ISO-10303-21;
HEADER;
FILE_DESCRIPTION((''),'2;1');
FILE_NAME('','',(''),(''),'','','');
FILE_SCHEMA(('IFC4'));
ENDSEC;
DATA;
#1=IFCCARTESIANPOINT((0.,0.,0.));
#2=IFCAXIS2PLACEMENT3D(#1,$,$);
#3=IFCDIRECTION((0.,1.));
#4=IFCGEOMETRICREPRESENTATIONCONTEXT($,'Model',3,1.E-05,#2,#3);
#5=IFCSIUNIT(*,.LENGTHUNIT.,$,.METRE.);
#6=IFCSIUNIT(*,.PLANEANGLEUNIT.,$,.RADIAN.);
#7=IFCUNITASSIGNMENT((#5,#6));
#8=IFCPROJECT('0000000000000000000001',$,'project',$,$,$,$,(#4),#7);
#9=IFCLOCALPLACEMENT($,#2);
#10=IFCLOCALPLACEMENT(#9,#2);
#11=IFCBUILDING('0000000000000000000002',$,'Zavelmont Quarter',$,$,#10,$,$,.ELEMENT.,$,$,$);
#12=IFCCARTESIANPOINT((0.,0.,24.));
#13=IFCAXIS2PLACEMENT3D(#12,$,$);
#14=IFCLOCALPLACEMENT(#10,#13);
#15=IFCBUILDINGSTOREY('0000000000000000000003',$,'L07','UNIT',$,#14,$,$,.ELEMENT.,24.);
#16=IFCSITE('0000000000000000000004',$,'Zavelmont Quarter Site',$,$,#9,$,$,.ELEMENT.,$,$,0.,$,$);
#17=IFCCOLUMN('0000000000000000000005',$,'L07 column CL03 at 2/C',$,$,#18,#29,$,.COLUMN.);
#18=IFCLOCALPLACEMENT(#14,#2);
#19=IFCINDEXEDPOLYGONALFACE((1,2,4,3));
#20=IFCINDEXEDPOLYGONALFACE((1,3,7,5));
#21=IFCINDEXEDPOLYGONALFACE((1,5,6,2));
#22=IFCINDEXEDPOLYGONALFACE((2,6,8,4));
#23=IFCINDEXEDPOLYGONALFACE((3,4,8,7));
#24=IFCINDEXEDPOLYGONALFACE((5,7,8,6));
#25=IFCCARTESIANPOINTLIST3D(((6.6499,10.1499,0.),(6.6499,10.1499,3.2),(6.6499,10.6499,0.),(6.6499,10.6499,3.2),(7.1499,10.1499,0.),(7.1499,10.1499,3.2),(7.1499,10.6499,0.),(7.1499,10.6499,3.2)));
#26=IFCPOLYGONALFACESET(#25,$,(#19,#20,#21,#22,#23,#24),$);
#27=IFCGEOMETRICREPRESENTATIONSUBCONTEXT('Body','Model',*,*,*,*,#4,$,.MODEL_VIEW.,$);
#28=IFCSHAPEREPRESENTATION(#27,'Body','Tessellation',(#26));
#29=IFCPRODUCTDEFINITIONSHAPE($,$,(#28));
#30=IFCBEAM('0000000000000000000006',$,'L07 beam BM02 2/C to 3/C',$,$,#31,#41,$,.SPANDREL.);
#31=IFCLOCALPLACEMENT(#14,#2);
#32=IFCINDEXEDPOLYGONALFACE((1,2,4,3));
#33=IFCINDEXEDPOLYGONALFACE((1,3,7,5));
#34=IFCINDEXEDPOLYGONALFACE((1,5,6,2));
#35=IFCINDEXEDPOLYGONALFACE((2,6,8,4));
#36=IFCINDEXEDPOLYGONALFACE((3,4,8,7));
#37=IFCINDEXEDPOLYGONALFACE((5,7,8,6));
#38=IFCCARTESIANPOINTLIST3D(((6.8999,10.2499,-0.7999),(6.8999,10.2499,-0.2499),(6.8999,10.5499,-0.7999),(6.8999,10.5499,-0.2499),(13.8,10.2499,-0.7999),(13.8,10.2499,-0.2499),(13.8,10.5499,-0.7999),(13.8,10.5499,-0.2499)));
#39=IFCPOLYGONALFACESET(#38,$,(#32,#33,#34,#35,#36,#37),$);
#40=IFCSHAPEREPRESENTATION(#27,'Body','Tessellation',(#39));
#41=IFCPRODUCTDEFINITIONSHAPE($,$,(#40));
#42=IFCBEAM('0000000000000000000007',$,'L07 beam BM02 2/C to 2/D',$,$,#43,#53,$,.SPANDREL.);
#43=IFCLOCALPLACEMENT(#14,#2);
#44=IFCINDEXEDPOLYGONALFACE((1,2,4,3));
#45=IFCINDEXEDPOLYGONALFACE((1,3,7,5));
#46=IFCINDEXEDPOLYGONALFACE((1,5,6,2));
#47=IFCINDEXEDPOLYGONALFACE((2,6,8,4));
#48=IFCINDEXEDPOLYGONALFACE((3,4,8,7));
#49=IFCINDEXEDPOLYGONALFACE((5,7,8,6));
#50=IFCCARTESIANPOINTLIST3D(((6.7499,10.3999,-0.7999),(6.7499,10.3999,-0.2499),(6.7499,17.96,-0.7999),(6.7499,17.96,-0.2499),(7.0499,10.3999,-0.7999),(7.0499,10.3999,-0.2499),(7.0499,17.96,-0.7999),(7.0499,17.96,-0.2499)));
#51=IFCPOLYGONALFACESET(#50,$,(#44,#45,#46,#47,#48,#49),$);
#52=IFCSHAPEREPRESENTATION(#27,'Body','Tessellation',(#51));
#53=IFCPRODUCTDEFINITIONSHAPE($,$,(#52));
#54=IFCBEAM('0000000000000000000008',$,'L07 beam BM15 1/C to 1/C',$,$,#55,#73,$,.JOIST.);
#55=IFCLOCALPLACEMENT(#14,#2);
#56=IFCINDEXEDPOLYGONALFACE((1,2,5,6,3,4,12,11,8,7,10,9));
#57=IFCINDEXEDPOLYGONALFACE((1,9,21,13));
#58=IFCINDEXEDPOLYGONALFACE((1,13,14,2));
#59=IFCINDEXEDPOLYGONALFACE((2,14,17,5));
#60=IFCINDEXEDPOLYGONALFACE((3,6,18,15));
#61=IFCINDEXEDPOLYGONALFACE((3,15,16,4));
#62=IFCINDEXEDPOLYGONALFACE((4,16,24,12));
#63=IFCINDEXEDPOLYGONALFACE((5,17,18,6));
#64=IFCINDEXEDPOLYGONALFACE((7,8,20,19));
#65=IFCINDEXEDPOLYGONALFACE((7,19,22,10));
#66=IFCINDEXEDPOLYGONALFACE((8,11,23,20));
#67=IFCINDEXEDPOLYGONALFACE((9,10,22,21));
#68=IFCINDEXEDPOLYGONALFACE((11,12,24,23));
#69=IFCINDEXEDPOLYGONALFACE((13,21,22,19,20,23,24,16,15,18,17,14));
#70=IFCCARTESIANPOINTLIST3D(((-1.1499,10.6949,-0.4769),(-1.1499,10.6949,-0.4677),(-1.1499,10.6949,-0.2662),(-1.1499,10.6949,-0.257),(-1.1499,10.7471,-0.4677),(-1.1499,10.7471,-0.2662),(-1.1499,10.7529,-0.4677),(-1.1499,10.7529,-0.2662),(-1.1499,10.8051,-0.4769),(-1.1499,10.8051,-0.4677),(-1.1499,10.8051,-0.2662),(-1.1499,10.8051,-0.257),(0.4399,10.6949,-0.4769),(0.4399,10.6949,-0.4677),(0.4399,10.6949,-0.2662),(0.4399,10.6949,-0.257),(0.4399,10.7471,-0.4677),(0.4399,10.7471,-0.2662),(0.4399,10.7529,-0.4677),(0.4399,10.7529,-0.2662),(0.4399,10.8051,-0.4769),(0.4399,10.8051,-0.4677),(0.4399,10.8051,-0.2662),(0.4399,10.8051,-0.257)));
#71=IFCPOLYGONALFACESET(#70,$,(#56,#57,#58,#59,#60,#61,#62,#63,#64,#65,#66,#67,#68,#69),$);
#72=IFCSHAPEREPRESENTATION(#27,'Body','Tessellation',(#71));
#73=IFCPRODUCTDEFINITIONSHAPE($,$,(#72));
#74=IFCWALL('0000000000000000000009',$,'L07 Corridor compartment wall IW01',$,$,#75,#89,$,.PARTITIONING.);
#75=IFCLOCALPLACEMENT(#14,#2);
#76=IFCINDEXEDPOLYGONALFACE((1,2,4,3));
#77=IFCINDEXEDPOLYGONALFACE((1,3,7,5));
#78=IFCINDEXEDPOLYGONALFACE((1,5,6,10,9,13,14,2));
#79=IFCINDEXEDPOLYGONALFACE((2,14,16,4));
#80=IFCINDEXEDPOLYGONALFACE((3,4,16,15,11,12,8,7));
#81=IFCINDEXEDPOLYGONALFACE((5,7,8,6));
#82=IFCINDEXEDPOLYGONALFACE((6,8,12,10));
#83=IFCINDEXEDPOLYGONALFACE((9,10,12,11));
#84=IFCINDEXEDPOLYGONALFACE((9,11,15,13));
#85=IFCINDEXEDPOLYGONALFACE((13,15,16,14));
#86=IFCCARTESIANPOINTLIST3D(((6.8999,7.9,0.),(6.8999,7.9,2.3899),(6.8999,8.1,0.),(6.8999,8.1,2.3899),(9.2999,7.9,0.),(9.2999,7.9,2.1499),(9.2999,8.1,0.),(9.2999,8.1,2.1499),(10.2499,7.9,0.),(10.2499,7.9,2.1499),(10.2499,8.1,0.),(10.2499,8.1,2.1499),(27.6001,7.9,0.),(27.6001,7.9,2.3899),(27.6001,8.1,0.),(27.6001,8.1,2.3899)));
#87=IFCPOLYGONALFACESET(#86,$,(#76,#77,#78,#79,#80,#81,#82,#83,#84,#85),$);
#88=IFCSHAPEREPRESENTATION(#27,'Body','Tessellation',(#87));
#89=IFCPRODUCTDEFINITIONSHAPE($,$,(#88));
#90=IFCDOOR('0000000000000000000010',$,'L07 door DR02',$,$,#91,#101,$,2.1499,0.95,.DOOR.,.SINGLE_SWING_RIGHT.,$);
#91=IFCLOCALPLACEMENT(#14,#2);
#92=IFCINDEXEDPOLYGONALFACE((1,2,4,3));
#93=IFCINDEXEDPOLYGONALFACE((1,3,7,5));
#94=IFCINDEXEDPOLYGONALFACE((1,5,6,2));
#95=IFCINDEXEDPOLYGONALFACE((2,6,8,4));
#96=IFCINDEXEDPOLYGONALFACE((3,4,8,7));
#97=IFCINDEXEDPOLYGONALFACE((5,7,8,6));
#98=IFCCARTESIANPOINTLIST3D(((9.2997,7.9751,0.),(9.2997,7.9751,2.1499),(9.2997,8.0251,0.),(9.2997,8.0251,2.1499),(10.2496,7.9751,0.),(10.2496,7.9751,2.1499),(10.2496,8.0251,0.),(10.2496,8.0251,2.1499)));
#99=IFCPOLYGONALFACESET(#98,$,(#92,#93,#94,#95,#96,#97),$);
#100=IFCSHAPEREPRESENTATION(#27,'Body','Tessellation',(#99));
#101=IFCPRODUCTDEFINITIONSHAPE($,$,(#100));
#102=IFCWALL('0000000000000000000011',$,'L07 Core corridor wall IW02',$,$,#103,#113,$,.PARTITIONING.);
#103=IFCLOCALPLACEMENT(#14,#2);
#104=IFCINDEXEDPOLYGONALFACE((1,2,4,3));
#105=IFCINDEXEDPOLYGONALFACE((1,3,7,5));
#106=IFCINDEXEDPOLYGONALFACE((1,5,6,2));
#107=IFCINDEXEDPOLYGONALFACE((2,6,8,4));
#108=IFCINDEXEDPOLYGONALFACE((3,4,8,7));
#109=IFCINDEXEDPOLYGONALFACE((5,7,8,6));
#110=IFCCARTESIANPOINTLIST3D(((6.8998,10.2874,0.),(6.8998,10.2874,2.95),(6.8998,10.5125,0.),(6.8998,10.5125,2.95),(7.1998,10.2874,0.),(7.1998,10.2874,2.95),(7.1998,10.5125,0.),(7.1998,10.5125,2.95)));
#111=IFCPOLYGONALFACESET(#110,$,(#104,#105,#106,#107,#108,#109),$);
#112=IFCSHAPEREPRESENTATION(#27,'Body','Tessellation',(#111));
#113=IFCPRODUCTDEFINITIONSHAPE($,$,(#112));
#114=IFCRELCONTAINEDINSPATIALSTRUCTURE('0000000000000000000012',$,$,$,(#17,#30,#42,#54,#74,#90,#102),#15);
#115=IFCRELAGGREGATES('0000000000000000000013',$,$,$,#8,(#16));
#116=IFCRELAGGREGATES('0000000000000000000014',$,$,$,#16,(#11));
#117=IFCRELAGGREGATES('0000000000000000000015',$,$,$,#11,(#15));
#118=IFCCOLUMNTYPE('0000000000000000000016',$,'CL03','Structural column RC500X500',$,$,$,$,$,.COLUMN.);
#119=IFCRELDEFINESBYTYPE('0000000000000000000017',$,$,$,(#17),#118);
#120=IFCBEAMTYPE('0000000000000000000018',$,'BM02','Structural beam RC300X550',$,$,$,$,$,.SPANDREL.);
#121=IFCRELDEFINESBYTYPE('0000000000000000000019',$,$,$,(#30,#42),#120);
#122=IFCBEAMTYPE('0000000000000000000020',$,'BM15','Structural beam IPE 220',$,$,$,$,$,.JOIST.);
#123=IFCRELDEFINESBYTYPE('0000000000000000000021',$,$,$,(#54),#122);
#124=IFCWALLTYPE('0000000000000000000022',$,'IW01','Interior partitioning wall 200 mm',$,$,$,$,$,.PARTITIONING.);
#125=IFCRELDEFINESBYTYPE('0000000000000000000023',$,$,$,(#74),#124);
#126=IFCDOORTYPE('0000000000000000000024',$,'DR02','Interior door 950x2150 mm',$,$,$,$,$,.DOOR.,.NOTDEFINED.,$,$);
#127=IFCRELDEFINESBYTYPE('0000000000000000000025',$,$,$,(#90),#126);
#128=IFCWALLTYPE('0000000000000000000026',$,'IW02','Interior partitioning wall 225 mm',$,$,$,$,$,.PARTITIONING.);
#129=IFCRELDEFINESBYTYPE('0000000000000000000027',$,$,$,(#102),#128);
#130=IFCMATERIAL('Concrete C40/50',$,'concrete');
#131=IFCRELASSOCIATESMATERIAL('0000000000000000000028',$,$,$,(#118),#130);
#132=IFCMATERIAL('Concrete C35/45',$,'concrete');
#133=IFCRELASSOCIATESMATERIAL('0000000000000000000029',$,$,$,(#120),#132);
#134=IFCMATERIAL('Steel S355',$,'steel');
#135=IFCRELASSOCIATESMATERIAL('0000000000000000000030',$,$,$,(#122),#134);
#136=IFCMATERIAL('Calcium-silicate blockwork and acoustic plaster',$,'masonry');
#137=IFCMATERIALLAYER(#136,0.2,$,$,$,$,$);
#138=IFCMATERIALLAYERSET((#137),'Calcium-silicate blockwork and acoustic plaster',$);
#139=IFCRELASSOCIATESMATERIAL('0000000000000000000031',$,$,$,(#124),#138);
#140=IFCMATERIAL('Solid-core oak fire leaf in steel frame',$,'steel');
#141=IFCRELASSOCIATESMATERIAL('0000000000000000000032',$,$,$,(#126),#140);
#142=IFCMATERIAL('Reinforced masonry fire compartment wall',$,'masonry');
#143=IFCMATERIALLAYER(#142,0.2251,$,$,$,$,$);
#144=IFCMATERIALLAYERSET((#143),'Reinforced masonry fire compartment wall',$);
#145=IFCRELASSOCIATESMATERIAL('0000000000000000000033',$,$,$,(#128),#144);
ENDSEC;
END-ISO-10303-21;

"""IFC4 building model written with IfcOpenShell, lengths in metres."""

from ifc_helpers import new_model, si_unit, direction, frame, frame_2d, origin, origin_2d, place, context, subcontext, project, spatial, rectangle, i_section, extrude, material, layer, layer_set, material_profile, profile_set, type_object, element, fill, save


model = new_model("IFC4")

# Units and contexts
model_context = context("Model", 3, precision=1e-05, world=origin(), true_north=direction((0.0, 1.0)))
body_context = subcontext(model_context, "Body", "Model", "MODEL_VIEW")
ifc_project = project(units=[si_unit("LENGTHUNIT", "METRE"), si_unit("PLANEANGLEUNIT", "RADIAN")], contexts=[model_context])

# Site, building, storey
site_placement = place(None, origin())
site = spatial("IfcSite", under=ifc_project, at=site_placement, Name="Zavelmont Quarter Site", CompositionType="ELEMENT", RefElevation=0.0)
building_placement = place(site_placement, origin())
building = spatial("IfcBuilding", under=site, at=building_placement, Name="Zavelmont Quarter", CompositionType="ELEMENT")
storey_placement = place(building_placement, frame((0.0, 0.0, 24.0)))
storey = spatial("IfcBuildingStorey", under=building, at=storey_placement, Name="L07", Description="UNIT", CompositionType="ELEMENT", Elevation=24.0)

# Column
ifc_material_1 = material(Name="Concrete C40/50", Category="concrete")
ifc_material_profile_1 = material_profile(ifc_material_1, rectangle(XDim=0.5, YDim=0.5, at=origin_2d()), Name="RC500X500")
ifc_profile_set_1 = profile_set([ifc_material_profile_1], Name="Concrete C40/50")
column_type = type_object("IfcColumnType", Name="CL03", Description="Structural column RC500X500", PredefinedType="COLUMN", material=ifc_profile_set_1)
column_placement = place(storey_placement, frame((6.8999, 10.3999, 0.0), z_axis=(0.0, 0.0, 1.0), x_axis=(1.0, 0.0, 0.0)))
element("IfcColumn", 1, at=column_placement, inside=storey, type_object=column_type, Name="L07 column CL03 at 2/C", PredefinedType="COLUMN", context=body_context, shape_type="SweptSolid", body=[
    extrude(rectangle(XDim=0.5, YDim=0.5, at=origin_2d()), origin(), (0.0, 0.0, 1.0), 3.2),
])

# Beams
ifc_material_2 = material(Name="Concrete C35/45", Category="concrete")
ifc_material_profile_2 = material_profile(ifc_material_2, rectangle(XDim=0.3, YDim=0.55, at=origin_2d()), Name="RC300X550")
ifc_profile_set_2 = profile_set([ifc_material_profile_2], Name="Concrete C35/45")
beam_type_1 = type_object("IfcBeamType", Name="BM02", Description="Structural beam RC300X550", PredefinedType="SPANDREL", material=ifc_profile_set_2)
beam_1_placement = place(storey_placement, frame((6.8999, 10.3999, -0.5249), z_axis=(1.0, 0.0, 0.0), x_axis=(0.0, 1.0, 0.0)))
element("IfcBeam", 2, at=beam_1_placement, inside=storey, type_object=beam_type_1, Name="L07 beam BM02 2/C to 3/C", PredefinedType="SPANDREL", context=body_context, shape_type="SweptSolid", body=[
    extrude(rectangle(XDim=0.3, YDim=0.55, at=origin_2d()), origin(), (0.0, 0.0, 1.0), 6.9001),
])
beam_2_placement = place(storey_placement, frame((6.8999, 10.3999, -0.5249), z_axis=(0.0, 1.0, 0.0), x_axis=(-1.0, 0.0, 0.0)))
element("IfcBeam", 3, at=beam_2_placement, inside=storey, type_object=beam_type_1, Name="L07 beam BM02 2/C to 2/D", PredefinedType="SPANDREL", context=body_context, shape_type="SweptSolid", body=[
    extrude(rectangle(XDim=0.3, YDim=0.55, at=origin_2d()), origin(), (0.0, 0.0, 1.0), 7.5601),
])
ifc_material_3 = material(Name="Steel S355", Category="steel")
ifc_material_profile_3 = material_profile(ifc_material_3, i_section(OverallWidth=0.1101, OverallDepth=0.22, WebThickness=0.0059, FlangeThickness=0.0093, at=origin_2d()), Name="IPE 220")
ifc_profile_set_3 = profile_set([ifc_material_profile_3], Name="Steel S355")
beam_type_2 = type_object("IfcBeamType", Name="BM15", Description="Structural beam IPE 220", PredefinedType="JOIST", material=ifc_profile_set_3)
beam_3_placement = place(storey_placement, frame((0.4399, 10.75, -0.3669), z_axis=(-1.0, 0.0, 0.0), x_axis=(0.0, -1.0, 0.0)))
element("IfcBeam", 4, at=beam_3_placement, inside=storey, type_object=beam_type_2, Name="L07 beam BM15 1/C to 1/C", PredefinedType="JOIST", context=body_context, shape_type="SweptSolid", body=[
    extrude(i_section(OverallWidth=0.1101, OverallDepth=0.22, WebThickness=0.0059, FlangeThickness=0.0093, at=origin_2d()), origin(), (0.0, 0.0, 1.0), 1.5898),
])

# Wall, opening, door
ifc_material_4 = material(Name="Calcium-silicate blockwork and acoustic plaster", Category="masonry")
ifc_layer_1 = layer(ifc_material_4, 0.2)
ifc_layer_set_1 = layer_set([ifc_layer_1], Name="Calcium-silicate blockwork and acoustic plaster")
wall_type_1 = type_object("IfcWallType", Name="IW01", Description="Interior partitioning wall 200 mm", PredefinedType="PARTITIONING", material=ifc_layer_set_1)
wall_1_placement = place(storey_placement, frame((6.8999, 8.0, 0.0), z_axis=(0.0, 0.0, 1.0), x_axis=(1.0, 0.0, 0.0)))
wall_1 = element("IfcWall", 5, at=wall_1_placement, inside=storey, type_object=wall_type_1, Name="L07 Corridor compartment wall IW01", PredefinedType="PARTITIONING", context=body_context, shape_type="SweptSolid", body=[
    extrude(rectangle(XDim=20.7002, YDim=0.2, at=frame_2d((10.3501, 0.0))), origin(), (0.0, 0.0, 1.0), 2.3899),
])
opening_1_placement = place(wall_1_placement, frame((2.3999, 0.0, 0.0)))
opening_1 = element("IfcOpeningElement", 6, at=opening_1_placement, cuts=wall_1, PredefinedType="OPENING", context=body_context, shape_type="SweptSolid", body=[
    extrude(rectangle(XDim=0.95, YDim=2.1499, at=frame_2d((0.4751, 1.075))), frame((0.0, 0.1118, 0.0), z_axis=(0.0, -1.0, 0.0), x_axis=(1.0, 0.0, 0.0)), (0.0, 0.0, 1.0), 0.2239),
])
ifc_material_5 = material(Name="Solid-core oak fire leaf in steel frame", Category="steel")
door_type_1 = type_object("IfcDoorType", Name="DR02", Description="Interior door 950x2150 mm", OperationType="NOTDEFINED", PredefinedType="DOOR", material=ifc_material_5)
door_1_placement = place(opening_1_placement, frame((0.95, 0.0, 0.0), z_axis=(0.0, 0.0, 1.0), x_axis=(-1.0, 0.0, 0.0)))
door_1 = element("IfcDoor", 7, at=door_1_placement, inside=storey, type_object=door_type_1, Name="L07 door DR02", OperationType="SINGLE_SWING_RIGHT", OverallHeight=2.1499, OverallWidth=0.95, PredefinedType="DOOR", context=body_context, shape_type="SweptSolid", body=[
    extrude(rectangle(XDim=0.95, YDim=2.1499, at=frame_2d((0.4751, 1.075))), frame((0.0, 0.0249, 0.0), z_axis=(0.0, -1.0, 0.0), x_axis=(1.0, 0.0, 0.0)), (0.0, 0.0, 1.0), 0.05),
])
fill(opening_1, door_1)

# Wall
ifc_material_6 = material(Name="Reinforced masonry fire compartment wall", Category="masonry")
ifc_layer_2 = layer(ifc_material_6, 0.2251)
ifc_layer_set_2 = layer_set([ifc_layer_2], Name="Reinforced masonry fire compartment wall")
wall_type_2 = type_object("IfcWallType", Name="IW02", Description="Interior partitioning wall 225 mm", PredefinedType="PARTITIONING", material=ifc_layer_set_2)
wall_2_placement = place(storey_placement, frame((6.8999, 10.3999, 0.0), z_axis=(0.0, 0.0, 1.0), x_axis=(1.0, 0.0, 0.0)))
element("IfcWall", 8, at=wall_2_placement, inside=storey, type_object=wall_type_2, Name="L07 Core corridor wall IW02", PredefinedType="PARTITIONING", context=body_context, shape_type="SweptSolid", body=[
    extrude(rectangle(XDim=0.3, YDim=0.2251, at=frame_2d((0.1499, 0.0))), origin(), (0.0, 0.0, 1.0), 2.95),
])

save(model, "model.ifc")
